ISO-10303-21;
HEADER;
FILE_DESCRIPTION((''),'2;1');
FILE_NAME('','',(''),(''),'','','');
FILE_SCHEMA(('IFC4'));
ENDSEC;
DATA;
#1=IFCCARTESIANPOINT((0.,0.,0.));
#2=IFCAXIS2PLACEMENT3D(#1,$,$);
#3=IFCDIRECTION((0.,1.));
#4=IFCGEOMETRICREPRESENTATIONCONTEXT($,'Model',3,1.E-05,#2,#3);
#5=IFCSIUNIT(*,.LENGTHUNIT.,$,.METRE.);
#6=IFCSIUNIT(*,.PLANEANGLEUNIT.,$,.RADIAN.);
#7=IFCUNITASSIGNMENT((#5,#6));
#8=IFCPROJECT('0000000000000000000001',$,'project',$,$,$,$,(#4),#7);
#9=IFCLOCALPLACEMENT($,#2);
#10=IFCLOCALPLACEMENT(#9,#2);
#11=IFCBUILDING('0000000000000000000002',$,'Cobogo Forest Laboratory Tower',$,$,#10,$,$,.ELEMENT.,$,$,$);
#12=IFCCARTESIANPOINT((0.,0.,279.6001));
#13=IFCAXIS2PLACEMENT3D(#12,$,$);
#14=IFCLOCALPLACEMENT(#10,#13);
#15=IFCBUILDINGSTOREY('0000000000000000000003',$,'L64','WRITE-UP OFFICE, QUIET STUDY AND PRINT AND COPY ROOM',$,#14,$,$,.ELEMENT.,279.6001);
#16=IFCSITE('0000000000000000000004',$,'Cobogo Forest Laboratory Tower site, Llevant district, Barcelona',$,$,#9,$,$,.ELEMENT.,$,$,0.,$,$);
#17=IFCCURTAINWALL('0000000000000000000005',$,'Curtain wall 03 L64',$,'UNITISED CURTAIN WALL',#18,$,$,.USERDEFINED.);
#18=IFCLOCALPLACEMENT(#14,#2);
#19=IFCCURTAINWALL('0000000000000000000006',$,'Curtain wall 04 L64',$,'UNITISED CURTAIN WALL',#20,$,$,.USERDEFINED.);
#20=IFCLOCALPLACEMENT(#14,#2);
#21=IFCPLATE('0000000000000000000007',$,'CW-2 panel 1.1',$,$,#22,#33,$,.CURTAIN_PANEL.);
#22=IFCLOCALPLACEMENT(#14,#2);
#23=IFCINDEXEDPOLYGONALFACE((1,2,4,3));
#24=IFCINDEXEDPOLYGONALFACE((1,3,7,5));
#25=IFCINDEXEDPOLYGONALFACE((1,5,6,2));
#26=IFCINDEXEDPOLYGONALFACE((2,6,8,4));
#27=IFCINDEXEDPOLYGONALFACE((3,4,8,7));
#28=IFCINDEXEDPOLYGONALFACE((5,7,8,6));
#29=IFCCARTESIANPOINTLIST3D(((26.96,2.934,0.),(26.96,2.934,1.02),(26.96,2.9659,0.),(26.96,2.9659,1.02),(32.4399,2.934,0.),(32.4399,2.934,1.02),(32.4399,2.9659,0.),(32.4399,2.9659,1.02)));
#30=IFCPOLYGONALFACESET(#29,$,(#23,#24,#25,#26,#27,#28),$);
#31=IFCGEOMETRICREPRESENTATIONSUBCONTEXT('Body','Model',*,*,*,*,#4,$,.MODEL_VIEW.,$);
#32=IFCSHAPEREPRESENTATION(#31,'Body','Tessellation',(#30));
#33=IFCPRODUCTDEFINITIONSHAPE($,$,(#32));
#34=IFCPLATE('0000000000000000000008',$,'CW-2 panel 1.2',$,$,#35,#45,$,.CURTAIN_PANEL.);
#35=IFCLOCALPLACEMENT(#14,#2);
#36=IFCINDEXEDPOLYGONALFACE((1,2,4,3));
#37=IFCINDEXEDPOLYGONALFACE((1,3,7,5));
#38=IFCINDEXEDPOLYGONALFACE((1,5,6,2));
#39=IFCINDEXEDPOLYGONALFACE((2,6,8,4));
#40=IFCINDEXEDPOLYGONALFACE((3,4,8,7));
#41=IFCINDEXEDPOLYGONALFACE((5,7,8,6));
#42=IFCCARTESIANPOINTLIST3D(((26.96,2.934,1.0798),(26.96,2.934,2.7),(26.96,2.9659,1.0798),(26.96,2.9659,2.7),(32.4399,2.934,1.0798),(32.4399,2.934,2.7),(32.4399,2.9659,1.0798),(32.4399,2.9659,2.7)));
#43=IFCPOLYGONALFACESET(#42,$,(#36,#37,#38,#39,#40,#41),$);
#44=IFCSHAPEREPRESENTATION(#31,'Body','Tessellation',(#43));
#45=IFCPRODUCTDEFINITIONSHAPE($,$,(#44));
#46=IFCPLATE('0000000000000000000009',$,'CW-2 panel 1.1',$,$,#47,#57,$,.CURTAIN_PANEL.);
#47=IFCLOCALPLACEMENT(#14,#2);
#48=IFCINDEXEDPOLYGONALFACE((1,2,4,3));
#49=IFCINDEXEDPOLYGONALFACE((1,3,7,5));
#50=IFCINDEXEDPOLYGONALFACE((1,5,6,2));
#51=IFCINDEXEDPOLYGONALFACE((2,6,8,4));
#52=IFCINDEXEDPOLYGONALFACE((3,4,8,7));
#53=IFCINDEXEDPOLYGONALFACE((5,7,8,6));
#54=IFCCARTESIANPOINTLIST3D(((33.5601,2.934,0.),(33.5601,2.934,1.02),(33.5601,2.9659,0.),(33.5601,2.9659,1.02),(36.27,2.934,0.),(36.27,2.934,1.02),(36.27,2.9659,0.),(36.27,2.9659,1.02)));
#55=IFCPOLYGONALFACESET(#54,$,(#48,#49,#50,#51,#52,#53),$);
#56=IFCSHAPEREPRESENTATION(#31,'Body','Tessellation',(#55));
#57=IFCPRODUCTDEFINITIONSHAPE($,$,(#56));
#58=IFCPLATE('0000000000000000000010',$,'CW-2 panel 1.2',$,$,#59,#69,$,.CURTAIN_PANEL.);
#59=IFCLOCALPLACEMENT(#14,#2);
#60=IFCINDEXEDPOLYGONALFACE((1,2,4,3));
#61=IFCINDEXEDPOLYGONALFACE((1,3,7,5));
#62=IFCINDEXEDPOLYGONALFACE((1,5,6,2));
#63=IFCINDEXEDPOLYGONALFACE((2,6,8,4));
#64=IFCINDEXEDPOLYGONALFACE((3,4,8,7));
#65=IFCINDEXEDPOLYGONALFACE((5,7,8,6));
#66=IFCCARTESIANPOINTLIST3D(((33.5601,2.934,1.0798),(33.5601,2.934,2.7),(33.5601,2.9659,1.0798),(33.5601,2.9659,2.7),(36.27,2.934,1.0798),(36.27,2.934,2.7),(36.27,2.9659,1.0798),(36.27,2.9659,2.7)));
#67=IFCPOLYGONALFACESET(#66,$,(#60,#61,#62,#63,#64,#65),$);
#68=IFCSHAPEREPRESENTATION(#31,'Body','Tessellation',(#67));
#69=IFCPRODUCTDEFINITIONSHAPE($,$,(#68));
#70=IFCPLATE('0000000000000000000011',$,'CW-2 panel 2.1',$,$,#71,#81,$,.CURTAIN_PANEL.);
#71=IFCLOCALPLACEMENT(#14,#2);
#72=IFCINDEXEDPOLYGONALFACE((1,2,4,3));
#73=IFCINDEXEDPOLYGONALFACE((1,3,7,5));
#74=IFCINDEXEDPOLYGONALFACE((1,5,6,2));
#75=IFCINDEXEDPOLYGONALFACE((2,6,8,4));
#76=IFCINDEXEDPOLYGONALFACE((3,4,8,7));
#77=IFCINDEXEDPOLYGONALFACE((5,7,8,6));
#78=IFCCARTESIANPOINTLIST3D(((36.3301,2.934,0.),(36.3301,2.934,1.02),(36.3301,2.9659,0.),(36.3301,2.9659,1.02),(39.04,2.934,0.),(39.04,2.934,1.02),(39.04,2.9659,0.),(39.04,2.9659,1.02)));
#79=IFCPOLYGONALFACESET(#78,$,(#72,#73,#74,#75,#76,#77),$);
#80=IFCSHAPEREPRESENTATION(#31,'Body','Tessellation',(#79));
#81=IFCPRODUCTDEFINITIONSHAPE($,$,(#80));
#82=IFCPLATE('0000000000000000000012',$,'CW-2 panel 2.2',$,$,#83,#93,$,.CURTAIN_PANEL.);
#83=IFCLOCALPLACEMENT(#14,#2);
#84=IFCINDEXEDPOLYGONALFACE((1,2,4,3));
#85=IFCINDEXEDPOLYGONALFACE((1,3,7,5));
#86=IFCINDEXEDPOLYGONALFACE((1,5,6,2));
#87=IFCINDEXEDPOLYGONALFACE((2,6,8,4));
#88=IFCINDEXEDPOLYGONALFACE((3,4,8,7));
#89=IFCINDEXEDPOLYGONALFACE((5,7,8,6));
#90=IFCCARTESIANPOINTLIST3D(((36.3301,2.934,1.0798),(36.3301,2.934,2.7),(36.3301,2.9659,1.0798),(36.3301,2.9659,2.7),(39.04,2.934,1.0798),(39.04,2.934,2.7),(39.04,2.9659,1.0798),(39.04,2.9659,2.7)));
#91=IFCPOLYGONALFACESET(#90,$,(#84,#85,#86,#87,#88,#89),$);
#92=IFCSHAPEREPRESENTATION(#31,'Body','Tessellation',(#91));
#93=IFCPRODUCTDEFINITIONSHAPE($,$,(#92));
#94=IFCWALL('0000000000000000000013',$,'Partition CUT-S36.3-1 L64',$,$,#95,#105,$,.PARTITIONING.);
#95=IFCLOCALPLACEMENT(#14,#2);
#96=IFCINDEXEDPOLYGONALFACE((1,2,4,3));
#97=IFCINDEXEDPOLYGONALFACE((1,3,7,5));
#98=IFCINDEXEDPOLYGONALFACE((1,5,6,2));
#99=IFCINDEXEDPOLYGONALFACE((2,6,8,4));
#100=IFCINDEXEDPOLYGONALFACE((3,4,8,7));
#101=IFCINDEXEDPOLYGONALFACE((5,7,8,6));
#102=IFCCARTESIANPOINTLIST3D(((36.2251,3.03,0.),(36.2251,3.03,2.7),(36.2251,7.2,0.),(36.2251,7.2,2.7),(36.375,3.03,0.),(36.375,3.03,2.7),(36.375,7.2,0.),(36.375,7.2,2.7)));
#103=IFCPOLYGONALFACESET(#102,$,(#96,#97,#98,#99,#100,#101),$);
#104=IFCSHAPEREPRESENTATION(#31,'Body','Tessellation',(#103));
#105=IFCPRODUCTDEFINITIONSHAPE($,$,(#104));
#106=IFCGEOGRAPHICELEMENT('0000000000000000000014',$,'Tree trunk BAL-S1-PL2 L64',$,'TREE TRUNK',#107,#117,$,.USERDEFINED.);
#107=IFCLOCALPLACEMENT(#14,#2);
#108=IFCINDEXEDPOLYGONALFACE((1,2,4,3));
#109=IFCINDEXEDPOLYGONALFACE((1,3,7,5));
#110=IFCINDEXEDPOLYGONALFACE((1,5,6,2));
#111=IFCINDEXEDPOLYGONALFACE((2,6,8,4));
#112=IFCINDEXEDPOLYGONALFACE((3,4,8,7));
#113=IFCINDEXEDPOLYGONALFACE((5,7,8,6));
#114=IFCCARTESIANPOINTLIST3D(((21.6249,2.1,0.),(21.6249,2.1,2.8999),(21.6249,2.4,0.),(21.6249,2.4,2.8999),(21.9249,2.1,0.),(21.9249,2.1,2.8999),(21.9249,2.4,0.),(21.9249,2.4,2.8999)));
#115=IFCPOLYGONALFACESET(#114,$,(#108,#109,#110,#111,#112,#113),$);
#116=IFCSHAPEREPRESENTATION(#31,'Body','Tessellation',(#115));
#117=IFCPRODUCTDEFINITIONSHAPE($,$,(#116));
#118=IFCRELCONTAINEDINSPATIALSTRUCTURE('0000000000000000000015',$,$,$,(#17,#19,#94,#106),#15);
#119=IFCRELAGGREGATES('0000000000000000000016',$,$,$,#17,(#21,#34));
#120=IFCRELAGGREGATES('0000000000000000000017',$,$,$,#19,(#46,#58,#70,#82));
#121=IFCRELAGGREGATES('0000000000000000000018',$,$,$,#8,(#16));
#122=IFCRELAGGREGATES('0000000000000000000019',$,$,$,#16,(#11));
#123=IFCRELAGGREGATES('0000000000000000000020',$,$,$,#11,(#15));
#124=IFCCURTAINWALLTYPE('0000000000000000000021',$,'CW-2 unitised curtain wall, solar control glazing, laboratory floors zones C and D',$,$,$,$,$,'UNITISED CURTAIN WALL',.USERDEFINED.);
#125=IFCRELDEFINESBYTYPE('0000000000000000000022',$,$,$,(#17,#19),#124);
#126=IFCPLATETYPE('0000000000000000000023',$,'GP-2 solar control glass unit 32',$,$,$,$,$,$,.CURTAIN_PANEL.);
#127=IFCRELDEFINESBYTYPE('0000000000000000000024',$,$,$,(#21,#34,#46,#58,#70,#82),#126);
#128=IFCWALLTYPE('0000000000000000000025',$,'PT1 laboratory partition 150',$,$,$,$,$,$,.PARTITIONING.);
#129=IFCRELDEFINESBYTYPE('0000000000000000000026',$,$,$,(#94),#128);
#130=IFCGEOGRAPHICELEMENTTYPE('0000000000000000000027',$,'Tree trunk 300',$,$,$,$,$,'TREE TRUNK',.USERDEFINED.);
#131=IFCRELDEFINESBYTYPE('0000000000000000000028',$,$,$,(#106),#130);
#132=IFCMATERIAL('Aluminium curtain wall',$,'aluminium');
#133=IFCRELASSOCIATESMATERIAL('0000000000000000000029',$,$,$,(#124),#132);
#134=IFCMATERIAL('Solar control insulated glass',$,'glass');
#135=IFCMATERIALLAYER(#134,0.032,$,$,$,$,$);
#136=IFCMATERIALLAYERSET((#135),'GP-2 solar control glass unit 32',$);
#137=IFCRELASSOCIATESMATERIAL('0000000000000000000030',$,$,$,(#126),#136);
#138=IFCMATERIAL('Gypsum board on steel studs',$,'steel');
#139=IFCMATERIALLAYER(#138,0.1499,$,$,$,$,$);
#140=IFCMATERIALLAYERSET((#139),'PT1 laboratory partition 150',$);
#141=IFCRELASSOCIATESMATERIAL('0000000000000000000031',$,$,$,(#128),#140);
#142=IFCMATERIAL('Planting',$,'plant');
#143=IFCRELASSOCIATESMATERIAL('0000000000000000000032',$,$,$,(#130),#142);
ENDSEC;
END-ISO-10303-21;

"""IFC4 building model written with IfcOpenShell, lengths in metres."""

from ifc_helpers import new_model, si_unit, direction, frame, frame_2d, origin, origin_2d, place, context, subcontext, project, spatial, rectangle, extrude, material, layer, layer_set, type_object, element, aggregate, save


model = new_model("IFC4")

# Units and contexts
model_context = context("Model", 3, precision=1e-05, world=origin(), true_north=direction((0.0, 1.0)))
body_context = subcontext(model_context, "Body", "Model", "MODEL_VIEW")
ifc_project = project(units=[si_unit("LENGTHUNIT", "METRE"), si_unit("PLANEANGLEUNIT", "RADIAN")], contexts=[model_context])

# Site, building, storey
site_placement = place(None, origin())
site = spatial("IfcSite", under=ifc_project, at=site_placement, Name="Cobogo Forest Laboratory Tower site, Llevant district, Barcelona", CompositionType="ELEMENT", RefElevation=0.0)
building_placement = place(site_placement, origin())
building = spatial("IfcBuilding", under=site, at=building_placement, Name="Cobogo Forest Laboratory Tower", CompositionType="ELEMENT")
storey_placement = place(building_placement, frame((0.0, 0.0, 279.6001)))
storey = spatial("IfcBuildingStorey", under=building, at=storey_placement, Name="L64", Description="WRITE-UP OFFICE, QUIET STUDY AND PRINT AND COPY ROOM", CompositionType="ELEMENT", Elevation=279.6001)

# Curtain walls
ifc_material_1 = material(Name="Aluminium curtain wall", Category="aluminium")
curtain_wall_type = type_object("IfcCurtainWallType", Name="CW-2 unitised curtain wall, solar control glazing, laboratory floors zones C and D", ElementType="UNITISED CURTAIN WALL", PredefinedType="USERDEFINED", material=ifc_material_1)
curtain_wall_1_placement = place(storey_placement, origin())
curtain_wall_1 = element("IfcCurtainWall", 1, at=curtain_wall_1_placement, inside=storey, type_object=curtain_wall_type, Name="Curtain wall 03 L64", ObjectType="UNITISED CURTAIN WALL", PredefinedType="USERDEFINED")
curtain_wall_2_placement = place(storey_placement, origin())
curtain_wall_2 = element("IfcCurtainWall", 2, at=curtain_wall_2_placement, inside=storey, type_object=curtain_wall_type, Name="Curtain wall 04 L64", ObjectType="UNITISED CURTAIN WALL", PredefinedType="USERDEFINED")

# Plates
ifc_material_2 = material(Name="Solar control insulated glass", Category="glass")
ifc_layer_1 = layer(ifc_material_2, 0.032)
ifc_layer_set_1 = layer_set([ifc_layer_1], Name="GP-2 solar control glass unit 32")
plate_type_1 = type_object("IfcPlateType", Name="GP-2 solar control glass unit 32", PredefinedType="CURTAIN_PANEL", material=ifc_layer_set_1)
plate_1_placement = place(storey_placement, frame((29.7, 2.95, 0.0), z_axis=(0.0, 0.0, 1.0), x_axis=(1.0, 0.0, 0.0)))
plate_1 = element("IfcPlate", 3, at=plate_1_placement, type_object=plate_type_1, Name="CW-2 panel 1.1", PredefinedType="CURTAIN_PANEL", context=body_context, shape_type="SweptSolid", body=[
    extrude(rectangle(XDim=5.48, YDim=0.032, at=origin_2d()), origin(), (0.0, 0.0, 1.0), 1.02),
])
plate_2_placement = place(storey_placement, frame((29.7, 2.95, 1.0798), z_axis=(0.0, 0.0, 1.0), x_axis=(1.0, 0.0, 0.0)))
plate_2 = element("IfcPlate", 4, at=plate_2_placement, type_object=plate_type_1, Name="CW-2 panel 1.2", PredefinedType="CURTAIN_PANEL", context=body_context, shape_type="SweptSolid", body=[
    extrude(rectangle(XDim=5.48, YDim=0.032, at=origin_2d()), origin(), (0.0, 0.0, 1.0), 1.6201),
])
aggregate(curtain_wall_1, [plate_1, plate_2])
plate_3_placement = place(storey_placement, frame((34.915, 2.95, 0.0), z_axis=(0.0, 0.0, 1.0), x_axis=(1.0, 0.0, 0.0)))
plate_3 = element("IfcPlate", 5, at=plate_3_placement, type_object=plate_type_1, Name="CW-2 panel 1.1", PredefinedType="CURTAIN_PANEL", context=body_context, shape_type="SweptSolid", body=[
    extrude(rectangle(XDim=2.71, YDim=0.032, at=origin_2d()), origin(), (0.0, 0.0, 1.0), 1.02),
])
plate_4_placement = place(storey_placement, frame((34.915, 2.95, 1.0798), z_axis=(0.0, 0.0, 1.0), x_axis=(1.0, 0.0, 0.0)))
plate_4 = element("IfcPlate", 6, at=plate_4_placement, type_object=plate_type_1, Name="CW-2 panel 1.2", PredefinedType="CURTAIN_PANEL", context=body_context, shape_type="SweptSolid", body=[
    extrude(rectangle(XDim=2.71, YDim=0.032, at=origin_2d()), origin(), (0.0, 0.0, 1.0), 1.6201),
])
plate_5_placement = place(storey_placement, frame((37.6851, 2.95, 0.0), z_axis=(0.0, 0.0, 1.0), x_axis=(1.0, 0.0, 0.0)))
plate_5 = element("IfcPlate", 7, at=plate_5_placement, type_object=plate_type_1, Name="CW-2 panel 2.1", PredefinedType="CURTAIN_PANEL", context=body_context, shape_type="SweptSolid", body=[
    extrude(rectangle(XDim=2.71, YDim=0.032, at=origin_2d()), origin(), (0.0, 0.0, 1.0), 1.02),
])
plate_6_placement = place(storey_placement, frame((37.6851, 2.95, 1.0798), z_axis=(0.0, 0.0, 1.0), x_axis=(1.0, 0.0, 0.0)))
plate_6 = element("IfcPlate", 8, at=plate_6_placement, type_object=plate_type_1, Name="CW-2 panel 2.2", PredefinedType="CURTAIN_PANEL", context=body_context, shape_type="SweptSolid", body=[
    extrude(rectangle(XDim=2.71, YDim=0.032, at=origin_2d()), origin(), (0.0, 0.0, 1.0), 1.6201),
])
aggregate(curtain_wall_2, [plate_3, plate_4, plate_5, plate_6])

# Wall
ifc_material_3 = material(Name="Gypsum board on steel studs", Category="steel")
ifc_layer_2 = layer(ifc_material_3, 0.1499)
ifc_layer_set_2 = layer_set([ifc_layer_2], Name="PT1 laboratory partition 150")
wall_type = type_object("IfcWallType", Name="PT1 laboratory partition 150", PredefinedType="PARTITIONING", material=ifc_layer_set_2)
wall_placement = place(storey_placement, frame((36.3, 3.03, 0.0), z_axis=(0.0, 0.0, 1.0), x_axis=(0.0, 1.0, 0.0)))
element("IfcWall", 9, at=wall_placement, inside=storey, type_object=wall_type, Name="Partition CUT-S36.3-1 L64", PredefinedType="PARTITIONING", context=body_context, shape_type="SweptSolid", body=[
    extrude(rectangle(XDim=4.1699, YDim=0.1499, at=frame_2d((2.085, 0.0))), origin(), (0.0, 0.0, 1.0), 2.7),
])

# Geographic element
ifc_material_4 = material(Name="Planting", Category="plant")
geographic_element_type = type_object("IfcGeographicElementType", Name="Tree trunk 300", ElementType="TREE TRUNK", PredefinedType="USERDEFINED", material=ifc_material_4)
geographic_element_placement = place(storey_placement, frame((21.7749, 2.25, 0.0), z_axis=(0.0, 0.0, 1.0), x_axis=(1.0, 0.0, 0.0)))
element("IfcGeographicElement", 10, at=geographic_element_placement, inside=storey, type_object=geographic_element_type, Name="Tree trunk BAL-S1-PL2 L64", ObjectType="TREE TRUNK", PredefinedType="USERDEFINED", context=body_context, shape_type="SweptSolid", body=[
    extrude(rectangle(XDim=0.3, YDim=0.3, at=origin_2d()), origin(), (0.0, 0.0, 1.0), 2.8999),
])

save(model, "model.ifc")
